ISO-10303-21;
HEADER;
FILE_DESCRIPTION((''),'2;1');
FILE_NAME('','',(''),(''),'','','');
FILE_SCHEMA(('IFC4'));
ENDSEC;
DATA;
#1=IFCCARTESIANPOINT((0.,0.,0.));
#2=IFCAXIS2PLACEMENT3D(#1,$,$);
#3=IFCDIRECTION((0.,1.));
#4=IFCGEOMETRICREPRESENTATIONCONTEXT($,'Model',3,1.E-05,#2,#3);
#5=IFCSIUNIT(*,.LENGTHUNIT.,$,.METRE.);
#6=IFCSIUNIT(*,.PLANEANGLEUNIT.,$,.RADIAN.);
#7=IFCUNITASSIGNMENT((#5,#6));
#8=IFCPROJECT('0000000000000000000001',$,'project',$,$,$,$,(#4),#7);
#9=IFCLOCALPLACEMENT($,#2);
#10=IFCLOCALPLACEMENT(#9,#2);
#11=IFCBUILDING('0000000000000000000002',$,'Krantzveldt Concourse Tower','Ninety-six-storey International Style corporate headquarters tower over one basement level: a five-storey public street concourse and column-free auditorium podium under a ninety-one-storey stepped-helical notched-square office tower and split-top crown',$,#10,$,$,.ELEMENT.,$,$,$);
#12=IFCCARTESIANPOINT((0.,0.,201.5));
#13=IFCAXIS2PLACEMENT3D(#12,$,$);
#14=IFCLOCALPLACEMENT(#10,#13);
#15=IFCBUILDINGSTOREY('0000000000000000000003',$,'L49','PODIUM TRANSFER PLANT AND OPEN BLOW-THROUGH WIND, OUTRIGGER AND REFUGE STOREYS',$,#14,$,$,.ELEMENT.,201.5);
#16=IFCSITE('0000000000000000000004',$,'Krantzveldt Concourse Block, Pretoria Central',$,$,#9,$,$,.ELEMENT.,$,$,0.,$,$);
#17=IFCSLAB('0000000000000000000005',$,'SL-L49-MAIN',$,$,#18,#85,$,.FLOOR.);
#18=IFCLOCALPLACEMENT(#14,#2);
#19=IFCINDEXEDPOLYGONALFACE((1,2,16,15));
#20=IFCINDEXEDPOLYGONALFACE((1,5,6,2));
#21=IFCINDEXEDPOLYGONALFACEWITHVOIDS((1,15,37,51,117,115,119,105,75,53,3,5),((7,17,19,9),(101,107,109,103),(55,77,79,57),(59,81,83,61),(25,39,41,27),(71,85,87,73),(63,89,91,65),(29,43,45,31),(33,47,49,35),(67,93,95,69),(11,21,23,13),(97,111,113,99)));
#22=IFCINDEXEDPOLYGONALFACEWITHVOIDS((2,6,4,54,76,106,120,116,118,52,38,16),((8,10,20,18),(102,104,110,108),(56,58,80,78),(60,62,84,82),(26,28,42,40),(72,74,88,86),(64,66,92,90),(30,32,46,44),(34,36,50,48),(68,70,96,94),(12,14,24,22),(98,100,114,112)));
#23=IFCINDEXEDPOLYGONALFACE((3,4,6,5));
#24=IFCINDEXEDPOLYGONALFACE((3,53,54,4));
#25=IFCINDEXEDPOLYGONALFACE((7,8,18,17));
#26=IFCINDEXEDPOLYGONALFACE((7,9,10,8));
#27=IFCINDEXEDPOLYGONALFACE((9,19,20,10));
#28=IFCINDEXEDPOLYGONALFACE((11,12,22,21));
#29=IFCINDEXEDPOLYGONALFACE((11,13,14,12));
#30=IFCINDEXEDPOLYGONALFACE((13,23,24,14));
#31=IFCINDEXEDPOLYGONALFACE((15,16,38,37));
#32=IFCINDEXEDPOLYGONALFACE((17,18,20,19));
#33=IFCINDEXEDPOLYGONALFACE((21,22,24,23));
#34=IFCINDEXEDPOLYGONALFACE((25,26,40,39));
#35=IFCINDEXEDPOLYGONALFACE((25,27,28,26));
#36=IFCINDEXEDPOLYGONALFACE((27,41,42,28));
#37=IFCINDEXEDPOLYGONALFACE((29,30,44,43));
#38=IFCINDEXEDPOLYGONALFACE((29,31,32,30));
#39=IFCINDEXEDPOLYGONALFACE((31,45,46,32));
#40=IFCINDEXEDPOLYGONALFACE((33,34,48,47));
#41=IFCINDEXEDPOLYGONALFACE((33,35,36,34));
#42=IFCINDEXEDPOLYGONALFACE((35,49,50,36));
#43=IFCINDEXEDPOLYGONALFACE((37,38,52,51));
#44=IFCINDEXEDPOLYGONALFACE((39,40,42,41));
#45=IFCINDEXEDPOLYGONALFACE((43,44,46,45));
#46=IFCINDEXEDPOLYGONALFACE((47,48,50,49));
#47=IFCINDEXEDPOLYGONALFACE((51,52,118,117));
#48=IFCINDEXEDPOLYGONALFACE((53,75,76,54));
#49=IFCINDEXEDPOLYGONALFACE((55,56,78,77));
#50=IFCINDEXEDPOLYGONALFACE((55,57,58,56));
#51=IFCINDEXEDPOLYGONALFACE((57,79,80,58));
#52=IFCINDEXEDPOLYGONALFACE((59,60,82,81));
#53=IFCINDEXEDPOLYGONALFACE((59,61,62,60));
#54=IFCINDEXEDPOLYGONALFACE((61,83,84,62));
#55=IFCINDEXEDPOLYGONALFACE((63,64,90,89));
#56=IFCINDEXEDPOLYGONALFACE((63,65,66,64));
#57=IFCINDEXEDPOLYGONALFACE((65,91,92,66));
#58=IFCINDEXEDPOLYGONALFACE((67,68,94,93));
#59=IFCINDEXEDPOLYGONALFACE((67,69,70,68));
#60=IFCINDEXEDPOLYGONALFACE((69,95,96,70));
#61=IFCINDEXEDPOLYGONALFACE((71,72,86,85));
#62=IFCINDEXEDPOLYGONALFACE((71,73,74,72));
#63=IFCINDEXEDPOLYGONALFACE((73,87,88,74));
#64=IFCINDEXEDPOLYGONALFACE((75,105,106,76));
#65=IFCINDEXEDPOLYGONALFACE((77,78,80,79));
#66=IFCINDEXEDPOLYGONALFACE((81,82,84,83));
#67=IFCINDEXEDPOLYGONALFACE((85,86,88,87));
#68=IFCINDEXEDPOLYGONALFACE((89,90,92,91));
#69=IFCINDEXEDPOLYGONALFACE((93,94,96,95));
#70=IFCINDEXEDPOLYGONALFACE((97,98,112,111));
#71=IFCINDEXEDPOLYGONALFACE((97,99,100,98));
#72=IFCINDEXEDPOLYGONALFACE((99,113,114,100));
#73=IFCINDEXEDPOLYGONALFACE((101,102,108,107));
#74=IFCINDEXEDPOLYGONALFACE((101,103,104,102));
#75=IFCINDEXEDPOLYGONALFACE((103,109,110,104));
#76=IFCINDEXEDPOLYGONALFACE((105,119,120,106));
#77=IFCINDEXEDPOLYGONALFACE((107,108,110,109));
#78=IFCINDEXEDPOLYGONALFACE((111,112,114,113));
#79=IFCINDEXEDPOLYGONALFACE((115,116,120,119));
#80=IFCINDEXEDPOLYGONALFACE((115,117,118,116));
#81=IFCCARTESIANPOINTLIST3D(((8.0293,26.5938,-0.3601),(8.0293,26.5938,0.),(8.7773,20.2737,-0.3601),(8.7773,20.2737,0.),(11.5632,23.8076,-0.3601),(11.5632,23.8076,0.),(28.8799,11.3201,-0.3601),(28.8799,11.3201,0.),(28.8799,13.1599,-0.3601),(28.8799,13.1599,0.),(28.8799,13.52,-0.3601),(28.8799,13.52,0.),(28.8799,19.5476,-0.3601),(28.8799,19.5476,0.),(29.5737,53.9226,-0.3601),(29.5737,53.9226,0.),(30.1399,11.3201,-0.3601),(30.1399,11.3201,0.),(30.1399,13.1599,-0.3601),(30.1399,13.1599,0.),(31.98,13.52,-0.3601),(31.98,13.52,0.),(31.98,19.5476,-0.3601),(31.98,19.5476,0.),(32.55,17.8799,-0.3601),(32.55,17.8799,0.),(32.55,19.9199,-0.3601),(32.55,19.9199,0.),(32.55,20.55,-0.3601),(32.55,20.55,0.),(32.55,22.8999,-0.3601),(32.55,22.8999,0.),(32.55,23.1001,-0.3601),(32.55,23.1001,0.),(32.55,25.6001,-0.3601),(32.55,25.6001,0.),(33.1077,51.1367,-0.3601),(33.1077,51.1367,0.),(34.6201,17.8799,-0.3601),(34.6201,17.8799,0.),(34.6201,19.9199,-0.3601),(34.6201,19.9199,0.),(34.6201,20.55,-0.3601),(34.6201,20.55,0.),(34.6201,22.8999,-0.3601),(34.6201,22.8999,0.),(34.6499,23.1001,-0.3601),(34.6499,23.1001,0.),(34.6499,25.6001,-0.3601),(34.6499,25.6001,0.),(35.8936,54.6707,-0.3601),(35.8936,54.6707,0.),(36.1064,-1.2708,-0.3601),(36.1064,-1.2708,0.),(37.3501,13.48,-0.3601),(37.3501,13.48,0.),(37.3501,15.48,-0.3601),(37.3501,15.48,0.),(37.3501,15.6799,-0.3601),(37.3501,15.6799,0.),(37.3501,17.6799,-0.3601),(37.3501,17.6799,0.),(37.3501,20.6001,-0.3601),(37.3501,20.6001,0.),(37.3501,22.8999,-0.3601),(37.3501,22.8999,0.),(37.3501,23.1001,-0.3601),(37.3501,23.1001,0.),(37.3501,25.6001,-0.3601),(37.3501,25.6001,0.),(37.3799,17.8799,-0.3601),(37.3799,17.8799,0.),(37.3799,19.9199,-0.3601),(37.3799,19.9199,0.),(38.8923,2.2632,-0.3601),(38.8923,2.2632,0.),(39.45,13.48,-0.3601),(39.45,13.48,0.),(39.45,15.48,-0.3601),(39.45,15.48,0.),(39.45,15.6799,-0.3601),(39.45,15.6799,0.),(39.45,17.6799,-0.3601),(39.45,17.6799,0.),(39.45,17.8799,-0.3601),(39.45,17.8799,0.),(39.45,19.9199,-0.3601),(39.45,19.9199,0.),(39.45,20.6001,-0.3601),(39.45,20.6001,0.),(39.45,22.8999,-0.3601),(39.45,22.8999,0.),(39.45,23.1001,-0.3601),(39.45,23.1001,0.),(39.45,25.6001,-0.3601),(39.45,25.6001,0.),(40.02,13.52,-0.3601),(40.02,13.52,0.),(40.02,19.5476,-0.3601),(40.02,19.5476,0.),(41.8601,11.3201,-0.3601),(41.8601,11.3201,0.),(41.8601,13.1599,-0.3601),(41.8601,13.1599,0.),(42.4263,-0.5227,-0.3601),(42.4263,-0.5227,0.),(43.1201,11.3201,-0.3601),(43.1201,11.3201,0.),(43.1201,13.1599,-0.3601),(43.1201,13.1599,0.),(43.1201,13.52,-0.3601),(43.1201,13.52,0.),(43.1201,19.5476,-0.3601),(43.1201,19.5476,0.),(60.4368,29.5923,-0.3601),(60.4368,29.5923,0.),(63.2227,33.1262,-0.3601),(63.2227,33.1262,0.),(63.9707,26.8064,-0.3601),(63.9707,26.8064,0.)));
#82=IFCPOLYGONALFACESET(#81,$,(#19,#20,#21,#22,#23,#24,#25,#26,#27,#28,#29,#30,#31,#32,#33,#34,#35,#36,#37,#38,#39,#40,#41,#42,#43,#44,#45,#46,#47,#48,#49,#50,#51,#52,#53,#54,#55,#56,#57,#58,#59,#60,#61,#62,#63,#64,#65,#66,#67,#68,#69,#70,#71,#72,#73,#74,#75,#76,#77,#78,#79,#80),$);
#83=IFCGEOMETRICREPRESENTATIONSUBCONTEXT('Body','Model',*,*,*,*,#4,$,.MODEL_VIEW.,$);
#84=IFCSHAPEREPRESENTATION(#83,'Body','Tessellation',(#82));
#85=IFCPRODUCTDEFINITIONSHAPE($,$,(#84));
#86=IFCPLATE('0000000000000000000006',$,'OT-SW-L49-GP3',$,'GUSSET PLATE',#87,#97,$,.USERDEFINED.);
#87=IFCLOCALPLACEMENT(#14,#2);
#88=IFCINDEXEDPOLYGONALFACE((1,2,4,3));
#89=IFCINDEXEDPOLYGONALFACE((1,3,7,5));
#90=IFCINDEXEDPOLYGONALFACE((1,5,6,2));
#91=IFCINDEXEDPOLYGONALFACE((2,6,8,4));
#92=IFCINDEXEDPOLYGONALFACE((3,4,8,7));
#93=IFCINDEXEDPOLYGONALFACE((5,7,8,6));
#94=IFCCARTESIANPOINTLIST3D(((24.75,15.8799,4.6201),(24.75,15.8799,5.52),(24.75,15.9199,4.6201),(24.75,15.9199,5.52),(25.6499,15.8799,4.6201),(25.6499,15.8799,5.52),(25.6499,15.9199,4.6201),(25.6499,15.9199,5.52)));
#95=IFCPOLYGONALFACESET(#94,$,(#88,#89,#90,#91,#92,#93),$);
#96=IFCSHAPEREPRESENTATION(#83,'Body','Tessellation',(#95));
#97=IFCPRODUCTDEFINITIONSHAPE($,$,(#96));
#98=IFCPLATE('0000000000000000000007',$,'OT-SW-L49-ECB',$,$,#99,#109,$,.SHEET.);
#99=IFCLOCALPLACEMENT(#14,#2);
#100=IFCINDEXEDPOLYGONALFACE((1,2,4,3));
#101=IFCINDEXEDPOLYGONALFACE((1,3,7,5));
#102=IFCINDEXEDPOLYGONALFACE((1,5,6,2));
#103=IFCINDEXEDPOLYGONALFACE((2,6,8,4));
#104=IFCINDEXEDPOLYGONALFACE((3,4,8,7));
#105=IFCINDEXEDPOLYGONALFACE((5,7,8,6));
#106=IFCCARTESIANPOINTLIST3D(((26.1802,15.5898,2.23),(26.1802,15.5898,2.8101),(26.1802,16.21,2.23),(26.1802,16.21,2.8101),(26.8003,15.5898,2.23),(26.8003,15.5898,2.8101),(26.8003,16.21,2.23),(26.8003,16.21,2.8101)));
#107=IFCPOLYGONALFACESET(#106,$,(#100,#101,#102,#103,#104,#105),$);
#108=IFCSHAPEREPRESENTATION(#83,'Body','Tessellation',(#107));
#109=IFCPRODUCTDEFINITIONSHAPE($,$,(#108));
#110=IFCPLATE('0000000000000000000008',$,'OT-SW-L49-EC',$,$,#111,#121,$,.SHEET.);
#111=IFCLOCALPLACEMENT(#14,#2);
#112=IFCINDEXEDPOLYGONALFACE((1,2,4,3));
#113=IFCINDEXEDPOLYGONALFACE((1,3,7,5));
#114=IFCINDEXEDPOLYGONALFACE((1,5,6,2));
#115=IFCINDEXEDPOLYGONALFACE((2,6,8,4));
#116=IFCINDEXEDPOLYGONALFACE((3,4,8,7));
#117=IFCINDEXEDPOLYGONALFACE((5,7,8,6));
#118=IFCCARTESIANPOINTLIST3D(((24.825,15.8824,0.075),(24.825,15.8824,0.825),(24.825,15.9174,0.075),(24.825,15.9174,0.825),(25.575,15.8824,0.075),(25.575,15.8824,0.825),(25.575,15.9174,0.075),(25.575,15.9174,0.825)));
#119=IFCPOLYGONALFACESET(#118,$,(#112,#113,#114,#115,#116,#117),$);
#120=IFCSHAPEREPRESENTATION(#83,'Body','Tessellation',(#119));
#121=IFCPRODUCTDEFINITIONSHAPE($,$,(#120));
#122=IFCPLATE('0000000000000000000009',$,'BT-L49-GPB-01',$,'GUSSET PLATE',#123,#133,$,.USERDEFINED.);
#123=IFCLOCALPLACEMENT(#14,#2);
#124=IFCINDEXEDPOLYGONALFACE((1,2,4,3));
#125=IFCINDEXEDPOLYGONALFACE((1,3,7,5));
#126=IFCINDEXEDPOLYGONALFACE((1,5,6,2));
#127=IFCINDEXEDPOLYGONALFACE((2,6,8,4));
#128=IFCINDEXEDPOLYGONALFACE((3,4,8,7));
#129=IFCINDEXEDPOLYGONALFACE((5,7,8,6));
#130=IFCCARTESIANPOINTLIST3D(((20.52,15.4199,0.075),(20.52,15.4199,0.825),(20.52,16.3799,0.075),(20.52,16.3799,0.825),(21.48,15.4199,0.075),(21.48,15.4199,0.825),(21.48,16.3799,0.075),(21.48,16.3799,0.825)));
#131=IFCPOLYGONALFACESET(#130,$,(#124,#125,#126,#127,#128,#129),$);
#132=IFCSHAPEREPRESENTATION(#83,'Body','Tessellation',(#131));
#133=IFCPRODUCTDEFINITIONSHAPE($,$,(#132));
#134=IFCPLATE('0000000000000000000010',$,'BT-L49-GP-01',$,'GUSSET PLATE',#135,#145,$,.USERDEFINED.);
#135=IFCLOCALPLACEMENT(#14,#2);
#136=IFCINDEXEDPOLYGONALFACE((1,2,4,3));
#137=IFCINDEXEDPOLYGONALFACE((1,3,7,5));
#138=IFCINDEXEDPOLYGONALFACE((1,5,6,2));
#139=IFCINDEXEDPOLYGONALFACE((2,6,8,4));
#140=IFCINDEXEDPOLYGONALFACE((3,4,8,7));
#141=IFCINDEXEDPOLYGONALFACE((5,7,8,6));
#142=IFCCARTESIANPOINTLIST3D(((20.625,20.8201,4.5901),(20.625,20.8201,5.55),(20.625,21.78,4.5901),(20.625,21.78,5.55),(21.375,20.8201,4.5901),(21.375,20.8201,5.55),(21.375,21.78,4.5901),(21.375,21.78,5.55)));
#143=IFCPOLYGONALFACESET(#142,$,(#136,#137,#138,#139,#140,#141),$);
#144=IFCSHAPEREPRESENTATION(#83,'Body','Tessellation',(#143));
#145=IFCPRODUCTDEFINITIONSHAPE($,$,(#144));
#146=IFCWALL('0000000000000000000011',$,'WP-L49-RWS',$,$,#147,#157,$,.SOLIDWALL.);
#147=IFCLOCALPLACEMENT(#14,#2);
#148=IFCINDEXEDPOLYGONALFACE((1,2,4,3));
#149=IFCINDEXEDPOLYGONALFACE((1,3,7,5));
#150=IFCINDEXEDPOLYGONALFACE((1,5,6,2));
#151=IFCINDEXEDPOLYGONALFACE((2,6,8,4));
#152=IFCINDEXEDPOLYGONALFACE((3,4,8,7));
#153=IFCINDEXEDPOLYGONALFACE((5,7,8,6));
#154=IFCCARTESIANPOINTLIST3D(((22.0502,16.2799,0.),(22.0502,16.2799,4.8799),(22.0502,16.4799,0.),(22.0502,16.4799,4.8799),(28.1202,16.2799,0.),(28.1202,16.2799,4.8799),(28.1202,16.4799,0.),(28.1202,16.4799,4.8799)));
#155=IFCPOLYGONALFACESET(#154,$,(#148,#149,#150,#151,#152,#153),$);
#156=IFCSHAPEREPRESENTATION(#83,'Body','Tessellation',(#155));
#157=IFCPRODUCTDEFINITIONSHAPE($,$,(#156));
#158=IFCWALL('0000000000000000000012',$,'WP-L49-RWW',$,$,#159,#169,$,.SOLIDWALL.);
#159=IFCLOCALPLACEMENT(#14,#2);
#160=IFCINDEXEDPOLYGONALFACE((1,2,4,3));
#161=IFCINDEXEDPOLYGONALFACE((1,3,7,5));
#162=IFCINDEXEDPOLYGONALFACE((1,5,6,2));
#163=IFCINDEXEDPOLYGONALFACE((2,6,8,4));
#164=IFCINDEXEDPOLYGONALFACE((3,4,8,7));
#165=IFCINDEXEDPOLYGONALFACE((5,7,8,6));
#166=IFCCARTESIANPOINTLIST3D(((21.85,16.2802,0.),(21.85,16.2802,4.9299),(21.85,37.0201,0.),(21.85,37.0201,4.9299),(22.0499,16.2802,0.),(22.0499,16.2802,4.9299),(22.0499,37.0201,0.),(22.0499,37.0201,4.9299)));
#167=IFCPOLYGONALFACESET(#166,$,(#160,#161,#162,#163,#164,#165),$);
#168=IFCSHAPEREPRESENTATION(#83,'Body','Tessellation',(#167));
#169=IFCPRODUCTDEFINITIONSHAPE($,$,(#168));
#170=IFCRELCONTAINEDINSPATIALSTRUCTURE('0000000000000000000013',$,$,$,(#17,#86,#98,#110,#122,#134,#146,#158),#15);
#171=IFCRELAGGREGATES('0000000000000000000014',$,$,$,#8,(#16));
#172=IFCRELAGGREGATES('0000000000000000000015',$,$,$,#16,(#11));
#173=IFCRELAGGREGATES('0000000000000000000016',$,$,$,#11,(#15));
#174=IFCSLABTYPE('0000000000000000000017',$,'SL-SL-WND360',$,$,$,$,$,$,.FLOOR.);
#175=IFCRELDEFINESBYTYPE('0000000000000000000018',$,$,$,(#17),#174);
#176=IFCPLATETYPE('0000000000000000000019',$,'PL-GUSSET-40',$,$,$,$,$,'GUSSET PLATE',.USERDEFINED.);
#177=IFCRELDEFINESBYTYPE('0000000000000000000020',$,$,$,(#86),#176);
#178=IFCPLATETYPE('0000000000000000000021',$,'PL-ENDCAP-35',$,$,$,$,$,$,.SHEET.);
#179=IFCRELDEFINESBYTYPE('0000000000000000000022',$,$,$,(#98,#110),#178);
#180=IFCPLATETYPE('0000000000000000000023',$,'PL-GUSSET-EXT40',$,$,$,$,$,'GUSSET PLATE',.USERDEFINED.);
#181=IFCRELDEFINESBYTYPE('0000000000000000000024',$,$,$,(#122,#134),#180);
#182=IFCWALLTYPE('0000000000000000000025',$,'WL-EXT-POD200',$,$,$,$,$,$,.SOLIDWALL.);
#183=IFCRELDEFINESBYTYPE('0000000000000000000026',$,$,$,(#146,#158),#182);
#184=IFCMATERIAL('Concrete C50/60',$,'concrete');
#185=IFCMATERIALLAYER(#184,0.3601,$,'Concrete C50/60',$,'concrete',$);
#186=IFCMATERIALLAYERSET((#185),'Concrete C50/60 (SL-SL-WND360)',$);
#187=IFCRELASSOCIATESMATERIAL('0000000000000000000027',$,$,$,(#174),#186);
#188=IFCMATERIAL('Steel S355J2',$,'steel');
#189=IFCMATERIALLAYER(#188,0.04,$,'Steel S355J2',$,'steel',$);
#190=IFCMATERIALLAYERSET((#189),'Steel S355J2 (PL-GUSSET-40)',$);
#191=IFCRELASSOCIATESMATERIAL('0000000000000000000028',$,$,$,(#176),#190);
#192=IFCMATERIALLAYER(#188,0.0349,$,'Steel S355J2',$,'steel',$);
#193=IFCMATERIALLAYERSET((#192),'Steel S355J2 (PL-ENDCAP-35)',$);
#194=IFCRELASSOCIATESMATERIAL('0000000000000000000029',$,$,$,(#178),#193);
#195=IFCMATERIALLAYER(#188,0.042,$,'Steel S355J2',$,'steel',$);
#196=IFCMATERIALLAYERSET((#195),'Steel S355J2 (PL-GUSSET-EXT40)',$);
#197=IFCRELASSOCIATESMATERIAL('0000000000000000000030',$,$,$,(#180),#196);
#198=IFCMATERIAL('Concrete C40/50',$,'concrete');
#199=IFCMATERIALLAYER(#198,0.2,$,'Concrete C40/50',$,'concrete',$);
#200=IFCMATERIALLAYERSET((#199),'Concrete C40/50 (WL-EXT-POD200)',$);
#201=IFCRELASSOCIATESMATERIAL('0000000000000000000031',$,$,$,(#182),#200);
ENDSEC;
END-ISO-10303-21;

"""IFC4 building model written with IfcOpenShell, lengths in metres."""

from ifc_helpers import new_model, si_unit, direction, frame, frame_2d, origin, origin_2d, place, context, subcontext, project, spatial, polyline, rectangle, outline, extrude, source, transform, mapped, material, layer, layer_set, type_object, type_shapes, element, save


model = new_model("IFC4")

# Units and contexts
model_context = context("Model", 3, precision=1e-05, world=origin(), true_north=direction((0.0, 1.0)))
body_context = subcontext(model_context, "Body", "Model", "MODEL_VIEW")
ifc_project = project(units=[si_unit("LENGTHUNIT", "METRE"), si_unit("PLANEANGLEUNIT", "RADIAN")], contexts=[model_context])

# Site, building, storey
site_placement = place(None, origin())
site = spatial("IfcSite", under=ifc_project, at=site_placement, Name="Krantzveldt Concourse Block, Pretoria Central", CompositionType="ELEMENT", RefElevation=0.0)
building_placement = place(site_placement, origin())
building = spatial("IfcBuilding", under=site, at=building_placement, Name="Krantzveldt Concourse Tower", Description="Ninety-six-storey International Style corporate headquarters tower over one basement level: a five-storey public street concourse and column-free auditorium podium under a ninety-one-storey stepped-helical notched-square office tower and split-top crown", CompositionType="ELEMENT")
storey_placement = place(building_placement, frame((0.0, 0.0, 201.5)))
storey = spatial("IfcBuildingStorey", under=building, at=storey_placement, Name="L49", Description="PODIUM TRANSFER PLANT AND OPEN BLOW-THROUGH WIND, OUTRIGGER AND REFUGE STOREYS", CompositionType="ELEMENT", Elevation=201.5)

# Shared definitions
ifc_material_1 = material(Name="Concrete C50/60", Category="concrete")

# Shared definitions
ifc_material_2 = material(Name="Steel S355J2", Category="steel")

# Slab
ifc_layer_1 = layer(ifc_material_1, 0.3601, Name="Concrete C50/60", Category="concrete")
ifc_layer_set_1 = layer_set([ifc_layer_1], Name="Concrete C50/60 (SL-SL-WND360)")
slab_type_1 = type_object("IfcSlabType", Name="SL-SL-WND360", PredefinedType="FLOOR", material=ifc_layer_set_1)
slab_1_placement = place(storey_placement, frame((0.0, 0.0, -0.3601)))
element("IfcSlab", 1, at=slab_1_placement, inside=storey, type_object=slab_type_1, Name="SL-L49-MAIN", PredefinedType="FLOOR", context=body_context, shape_type="SweptSolid", body=[
    extrude(outline(polyline([(33.1077, 51.1367), (29.5737, 53.9226), (8.0293, 26.5938), (11.5632, 23.8076), (8.7773, 20.2737), (36.1064, -1.2708), (38.8923, 2.2632), (42.4263, -0.5227), (63.9707, 26.8064), (60.4368, 29.5923), (63.2227, 33.1262), (35.8936, 54.6707), (33.1077, 51.1367)]), holes=[polyline([(28.8799, 19.5476), (28.8799, 13.52), (31.98, 13.52), (31.98, 19.5476), (28.8799, 19.5476)]), polyline([(40.02, 19.5476), (40.02, 13.52), (43.1201, 13.52), (43.1201, 19.5476), (40.02, 19.5476)]), polyline([(32.55, 23.1001), (34.6499, 23.1001), (34.6499, 25.6001), (32.55, 25.6001), (32.55, 23.1001)]), polyline([(37.3501, 23.1001), (39.45, 23.1001), (39.45, 25.6001), (37.3501, 25.6001), (37.3501, 23.1001)]), polyline([(37.3501, 20.6001), (39.45, 20.6001), (39.45, 22.8999), (37.3501, 22.8999), (37.3501, 20.6001)]), polyline([(37.3501, 13.48), (39.45, 13.48), (39.45, 15.48), (37.3501, 15.48), (37.3501, 13.48)]), polyline([(37.3501, 15.6799), (39.45, 15.6799), (39.45, 17.6799), (37.3501, 17.6799), (37.3501, 15.6799)]), polyline([(32.55, 20.55), (34.6201, 20.55), (34.6201, 22.8999), (32.55, 22.8999), (32.55, 20.55)]), polyline([(32.55, 17.8799), (34.6201, 17.8799), (34.6201, 19.9199), (32.55, 19.9199), (32.55, 17.8799)]), polyline([(37.3799, 17.8799), (39.45, 17.8799), (39.45, 19.9199), (37.3799, 19.9199), (37.3799, 17.8799)]), polyline([(28.8799, 11.3201), (30.1399, 11.3201), (30.1399, 13.1599), (28.8799, 13.1599), (28.8799, 11.3201)]), polyline([(41.8601, 11.3201), (43.1201, 11.3201), (43.1201, 13.1599), (41.8601, 13.1599), (41.8601, 11.3201)])]), origin(), (0.0, 0.0, 1.0), 0.3601),
])

# Plates
ifc_layer_2 = layer(ifc_material_2, 0.04, Name="Steel S355J2", Category="steel")
ifc_layer_set_2 = layer_set([ifc_layer_2], Name="Steel S355J2 (PL-GUSSET-40)")
plate_type_1 = type_object("IfcPlateType", Name="PL-GUSSET-40", ElementType="GUSSET PLATE", PredefinedType="USERDEFINED", material=ifc_layer_set_2)
shared_shape_1 = source(origin(), body_context, "Body", "SweptSolid", [
    extrude(rectangle(XDim=0.8999, YDim=0.04, at=origin_2d()), origin(), (0.0, 0.0, 1.0), 0.8999),
])
type_shapes(plate_type_1, [shared_shape_1])
plate_1_placement = place(storey_placement, frame((25.2, 15.8999, 4.6201), z_axis=(0.0, 0.0, 1.0), x_axis=(1.0, 0.0, 0.0)))
element("IfcPlate", 2, at=plate_1_placement, inside=storey, type_object=plate_type_1, Name="OT-SW-L49-GP3", ObjectType="GUSSET PLATE", PredefinedType="USERDEFINED", context=body_context, shape_type="MappedRepresentation", body=[
    mapped(shared_shape_1, transform((0.0, 0.0, 0.0), x_axis=(1.0, 0.0, 0.0), y_axis=(0.0, 1.0, 0.0), z_axis=(0.0, 0.0, 1.0), scale=1.0)),
])
ifc_layer_3 = layer(ifc_material_2, 0.0349, Name="Steel S355J2", Category="steel")
ifc_layer_set_3 = layer_set([ifc_layer_3], Name="Steel S355J2 (PL-ENDCAP-35)")
plate_type_2 = type_object("IfcPlateType", Name="PL-ENDCAP-35", PredefinedType="SHEET", material=ifc_layer_set_3)
shared_shape_2 = source(origin(), body_context, "Body", "SweptSolid", [
    extrude(rectangle(XDim=0.6201, YDim=0.6201, at=origin_2d()), origin(), (0.0, 0.0, 1.0), 0.5801),
])
plate_2_placement = place(storey_placement, frame((26.4902, 15.8999, 2.23), z_axis=(0.0, 0.0, 1.0), x_axis=(1.0, 0.0, 0.0)))
element("IfcPlate", 3, at=plate_2_placement, inside=storey, type_object=plate_type_2, Name="OT-SW-L49-ECB", PredefinedType="SHEET", context=body_context, shape_type="MappedRepresentation", body=[
    mapped(shared_shape_2, transform((0.0, 0.0, 0.0), x_axis=(1.0, 0.0, 0.0), y_axis=(0.0, 1.0, 0.0), z_axis=(0.0, 0.0, 1.0), scale=1.0)),
])
shared_shape_3 = source(origin(), body_context, "Body", "SweptSolid", [
    extrude(rectangle(XDim=0.75, YDim=0.0349, at=origin_2d()), origin(), (0.0, 0.0, 1.0), 0.75),
])
type_shapes(plate_type_2, [shared_shape_2, shared_shape_3])
plate_3_placement = place(storey_placement, frame((25.2, 15.8999, 0.075), z_axis=(0.0, 0.0, 1.0), x_axis=(1.0, 0.0, 0.0)))
element("IfcPlate", 4, at=plate_3_placement, inside=storey, type_object=plate_type_2, Name="OT-SW-L49-EC", PredefinedType="SHEET", context=body_context, shape_type="MappedRepresentation", body=[
    mapped(shared_shape_3, transform((0.0, 0.0, 0.0), x_axis=(1.0, 0.0, 0.0), y_axis=(0.0, 1.0, 0.0), z_axis=(0.0, 0.0, 1.0), scale=1.0)),
])
ifc_layer_4 = layer(ifc_material_2, 0.042, Name="Steel S355J2", Category="steel")
ifc_layer_set_4 = layer_set([ifc_layer_4], Name="Steel S355J2 (PL-GUSSET-EXT40)")
plate_type_3 = type_object("IfcPlateType", Name="PL-GUSSET-EXT40", ElementType="GUSSET PLATE", PredefinedType="USERDEFINED", material=ifc_layer_set_4)
shared_shape_4 = source(origin(), body_context, "Body", "SweptSolid", [
    extrude(rectangle(XDim=0.96, YDim=0.96, at=origin_2d()), origin(), (0.0, 0.0, 1.0), 0.75),
])
plate_4_placement = place(storey_placement, frame((21.0, 15.8999, 0.075), z_axis=(0.0, 0.0, 1.0), x_axis=(1.0, 0.0, 0.0)))
element("IfcPlate", 5, at=plate_4_placement, inside=storey, type_object=plate_type_3, Name="BT-L49-GPB-01", ObjectType="GUSSET PLATE", PredefinedType="USERDEFINED", context=body_context, shape_type="MappedRepresentation", body=[
    mapped(shared_shape_4, transform((0.0, 0.0, 0.0), x_axis=(1.0, 0.0, 0.0), y_axis=(0.0, 1.0, 0.0), z_axis=(0.0, 0.0, 1.0), scale=1.0)),
])
shared_shape_5 = source(origin(), body_context, "Body", "SweptSolid", [
    extrude(rectangle(XDim=0.96, YDim=0.75, at=origin_2d()), origin(), (0.0, 0.0, 1.0), 0.96),
])
type_shapes(plate_type_3, [shared_shape_4, shared_shape_5])
plate_5_placement = place(storey_placement, frame((21.0, 21.3, 4.5901), z_axis=(0.0, 0.0, 1.0), x_axis=(0.0, 1.0, 0.0)))
element("IfcPlate", 6, at=plate_5_placement, inside=storey, type_object=plate_type_3, Name="BT-L49-GP-01", ObjectType="GUSSET PLATE", PredefinedType="USERDEFINED", context=body_context, shape_type="MappedRepresentation", body=[
    mapped(shared_shape_5, transform((0.0, 0.0, 0.0), x_axis=(1.0, 0.0, 0.0), y_axis=(0.0, 1.0, 0.0), z_axis=(0.0, 0.0, 1.0), scale=1.0)),
])

# Walls
ifc_material_3 = material(Name="Concrete C40/50", Category="concrete")
ifc_layer_5 = layer(ifc_material_3, 0.2, Name="Concrete C40/50", Category="concrete")
ifc_layer_set_5 = layer_set([ifc_layer_5], Name="Concrete C40/50 (WL-EXT-POD200)")
wall_type = type_object("IfcWallType", Name="WL-EXT-POD200", PredefinedType="SOLIDWALL", material=ifc_layer_set_5)
wall_1_placement = place(storey_placement, frame((22.05, 16.3799, 0.0), z_axis=(0.0, 0.0, 1.0), x_axis=(1.0, 0.0, 0.0)))
element("IfcWall", 7, at=wall_1_placement, inside=storey, type_object=wall_type, Name="WP-L49-RWS", PredefinedType="SOLIDWALL", context=body_context, shape_type="SweptSolid", body=[
    extrude(rectangle(XDim=6.0701, YDim=0.2, at=frame_2d((3.0352, 0.0))), origin(), (0.0, 0.0, 1.0), 4.8799),
])
wall_2_placement = place(storey_placement, frame((21.95, 16.28, 0.0), z_axis=(0.0, 0.0, 1.0), x_axis=(0.0, 1.0, 0.0)))
element("IfcWall", 8, at=wall_2_placement, inside=storey, type_object=wall_type, Name="WP-L49-RWW", PredefinedType="SOLIDWALL", context=body_context, shape_type="SweptSolid", body=[
    extrude(rectangle(XDim=20.74, YDim=0.2, at=frame_2d((10.3701, 0.0))), origin(), (0.0, 0.0, 1.0), 4.9299),
])

save(model, "model.ifc")
